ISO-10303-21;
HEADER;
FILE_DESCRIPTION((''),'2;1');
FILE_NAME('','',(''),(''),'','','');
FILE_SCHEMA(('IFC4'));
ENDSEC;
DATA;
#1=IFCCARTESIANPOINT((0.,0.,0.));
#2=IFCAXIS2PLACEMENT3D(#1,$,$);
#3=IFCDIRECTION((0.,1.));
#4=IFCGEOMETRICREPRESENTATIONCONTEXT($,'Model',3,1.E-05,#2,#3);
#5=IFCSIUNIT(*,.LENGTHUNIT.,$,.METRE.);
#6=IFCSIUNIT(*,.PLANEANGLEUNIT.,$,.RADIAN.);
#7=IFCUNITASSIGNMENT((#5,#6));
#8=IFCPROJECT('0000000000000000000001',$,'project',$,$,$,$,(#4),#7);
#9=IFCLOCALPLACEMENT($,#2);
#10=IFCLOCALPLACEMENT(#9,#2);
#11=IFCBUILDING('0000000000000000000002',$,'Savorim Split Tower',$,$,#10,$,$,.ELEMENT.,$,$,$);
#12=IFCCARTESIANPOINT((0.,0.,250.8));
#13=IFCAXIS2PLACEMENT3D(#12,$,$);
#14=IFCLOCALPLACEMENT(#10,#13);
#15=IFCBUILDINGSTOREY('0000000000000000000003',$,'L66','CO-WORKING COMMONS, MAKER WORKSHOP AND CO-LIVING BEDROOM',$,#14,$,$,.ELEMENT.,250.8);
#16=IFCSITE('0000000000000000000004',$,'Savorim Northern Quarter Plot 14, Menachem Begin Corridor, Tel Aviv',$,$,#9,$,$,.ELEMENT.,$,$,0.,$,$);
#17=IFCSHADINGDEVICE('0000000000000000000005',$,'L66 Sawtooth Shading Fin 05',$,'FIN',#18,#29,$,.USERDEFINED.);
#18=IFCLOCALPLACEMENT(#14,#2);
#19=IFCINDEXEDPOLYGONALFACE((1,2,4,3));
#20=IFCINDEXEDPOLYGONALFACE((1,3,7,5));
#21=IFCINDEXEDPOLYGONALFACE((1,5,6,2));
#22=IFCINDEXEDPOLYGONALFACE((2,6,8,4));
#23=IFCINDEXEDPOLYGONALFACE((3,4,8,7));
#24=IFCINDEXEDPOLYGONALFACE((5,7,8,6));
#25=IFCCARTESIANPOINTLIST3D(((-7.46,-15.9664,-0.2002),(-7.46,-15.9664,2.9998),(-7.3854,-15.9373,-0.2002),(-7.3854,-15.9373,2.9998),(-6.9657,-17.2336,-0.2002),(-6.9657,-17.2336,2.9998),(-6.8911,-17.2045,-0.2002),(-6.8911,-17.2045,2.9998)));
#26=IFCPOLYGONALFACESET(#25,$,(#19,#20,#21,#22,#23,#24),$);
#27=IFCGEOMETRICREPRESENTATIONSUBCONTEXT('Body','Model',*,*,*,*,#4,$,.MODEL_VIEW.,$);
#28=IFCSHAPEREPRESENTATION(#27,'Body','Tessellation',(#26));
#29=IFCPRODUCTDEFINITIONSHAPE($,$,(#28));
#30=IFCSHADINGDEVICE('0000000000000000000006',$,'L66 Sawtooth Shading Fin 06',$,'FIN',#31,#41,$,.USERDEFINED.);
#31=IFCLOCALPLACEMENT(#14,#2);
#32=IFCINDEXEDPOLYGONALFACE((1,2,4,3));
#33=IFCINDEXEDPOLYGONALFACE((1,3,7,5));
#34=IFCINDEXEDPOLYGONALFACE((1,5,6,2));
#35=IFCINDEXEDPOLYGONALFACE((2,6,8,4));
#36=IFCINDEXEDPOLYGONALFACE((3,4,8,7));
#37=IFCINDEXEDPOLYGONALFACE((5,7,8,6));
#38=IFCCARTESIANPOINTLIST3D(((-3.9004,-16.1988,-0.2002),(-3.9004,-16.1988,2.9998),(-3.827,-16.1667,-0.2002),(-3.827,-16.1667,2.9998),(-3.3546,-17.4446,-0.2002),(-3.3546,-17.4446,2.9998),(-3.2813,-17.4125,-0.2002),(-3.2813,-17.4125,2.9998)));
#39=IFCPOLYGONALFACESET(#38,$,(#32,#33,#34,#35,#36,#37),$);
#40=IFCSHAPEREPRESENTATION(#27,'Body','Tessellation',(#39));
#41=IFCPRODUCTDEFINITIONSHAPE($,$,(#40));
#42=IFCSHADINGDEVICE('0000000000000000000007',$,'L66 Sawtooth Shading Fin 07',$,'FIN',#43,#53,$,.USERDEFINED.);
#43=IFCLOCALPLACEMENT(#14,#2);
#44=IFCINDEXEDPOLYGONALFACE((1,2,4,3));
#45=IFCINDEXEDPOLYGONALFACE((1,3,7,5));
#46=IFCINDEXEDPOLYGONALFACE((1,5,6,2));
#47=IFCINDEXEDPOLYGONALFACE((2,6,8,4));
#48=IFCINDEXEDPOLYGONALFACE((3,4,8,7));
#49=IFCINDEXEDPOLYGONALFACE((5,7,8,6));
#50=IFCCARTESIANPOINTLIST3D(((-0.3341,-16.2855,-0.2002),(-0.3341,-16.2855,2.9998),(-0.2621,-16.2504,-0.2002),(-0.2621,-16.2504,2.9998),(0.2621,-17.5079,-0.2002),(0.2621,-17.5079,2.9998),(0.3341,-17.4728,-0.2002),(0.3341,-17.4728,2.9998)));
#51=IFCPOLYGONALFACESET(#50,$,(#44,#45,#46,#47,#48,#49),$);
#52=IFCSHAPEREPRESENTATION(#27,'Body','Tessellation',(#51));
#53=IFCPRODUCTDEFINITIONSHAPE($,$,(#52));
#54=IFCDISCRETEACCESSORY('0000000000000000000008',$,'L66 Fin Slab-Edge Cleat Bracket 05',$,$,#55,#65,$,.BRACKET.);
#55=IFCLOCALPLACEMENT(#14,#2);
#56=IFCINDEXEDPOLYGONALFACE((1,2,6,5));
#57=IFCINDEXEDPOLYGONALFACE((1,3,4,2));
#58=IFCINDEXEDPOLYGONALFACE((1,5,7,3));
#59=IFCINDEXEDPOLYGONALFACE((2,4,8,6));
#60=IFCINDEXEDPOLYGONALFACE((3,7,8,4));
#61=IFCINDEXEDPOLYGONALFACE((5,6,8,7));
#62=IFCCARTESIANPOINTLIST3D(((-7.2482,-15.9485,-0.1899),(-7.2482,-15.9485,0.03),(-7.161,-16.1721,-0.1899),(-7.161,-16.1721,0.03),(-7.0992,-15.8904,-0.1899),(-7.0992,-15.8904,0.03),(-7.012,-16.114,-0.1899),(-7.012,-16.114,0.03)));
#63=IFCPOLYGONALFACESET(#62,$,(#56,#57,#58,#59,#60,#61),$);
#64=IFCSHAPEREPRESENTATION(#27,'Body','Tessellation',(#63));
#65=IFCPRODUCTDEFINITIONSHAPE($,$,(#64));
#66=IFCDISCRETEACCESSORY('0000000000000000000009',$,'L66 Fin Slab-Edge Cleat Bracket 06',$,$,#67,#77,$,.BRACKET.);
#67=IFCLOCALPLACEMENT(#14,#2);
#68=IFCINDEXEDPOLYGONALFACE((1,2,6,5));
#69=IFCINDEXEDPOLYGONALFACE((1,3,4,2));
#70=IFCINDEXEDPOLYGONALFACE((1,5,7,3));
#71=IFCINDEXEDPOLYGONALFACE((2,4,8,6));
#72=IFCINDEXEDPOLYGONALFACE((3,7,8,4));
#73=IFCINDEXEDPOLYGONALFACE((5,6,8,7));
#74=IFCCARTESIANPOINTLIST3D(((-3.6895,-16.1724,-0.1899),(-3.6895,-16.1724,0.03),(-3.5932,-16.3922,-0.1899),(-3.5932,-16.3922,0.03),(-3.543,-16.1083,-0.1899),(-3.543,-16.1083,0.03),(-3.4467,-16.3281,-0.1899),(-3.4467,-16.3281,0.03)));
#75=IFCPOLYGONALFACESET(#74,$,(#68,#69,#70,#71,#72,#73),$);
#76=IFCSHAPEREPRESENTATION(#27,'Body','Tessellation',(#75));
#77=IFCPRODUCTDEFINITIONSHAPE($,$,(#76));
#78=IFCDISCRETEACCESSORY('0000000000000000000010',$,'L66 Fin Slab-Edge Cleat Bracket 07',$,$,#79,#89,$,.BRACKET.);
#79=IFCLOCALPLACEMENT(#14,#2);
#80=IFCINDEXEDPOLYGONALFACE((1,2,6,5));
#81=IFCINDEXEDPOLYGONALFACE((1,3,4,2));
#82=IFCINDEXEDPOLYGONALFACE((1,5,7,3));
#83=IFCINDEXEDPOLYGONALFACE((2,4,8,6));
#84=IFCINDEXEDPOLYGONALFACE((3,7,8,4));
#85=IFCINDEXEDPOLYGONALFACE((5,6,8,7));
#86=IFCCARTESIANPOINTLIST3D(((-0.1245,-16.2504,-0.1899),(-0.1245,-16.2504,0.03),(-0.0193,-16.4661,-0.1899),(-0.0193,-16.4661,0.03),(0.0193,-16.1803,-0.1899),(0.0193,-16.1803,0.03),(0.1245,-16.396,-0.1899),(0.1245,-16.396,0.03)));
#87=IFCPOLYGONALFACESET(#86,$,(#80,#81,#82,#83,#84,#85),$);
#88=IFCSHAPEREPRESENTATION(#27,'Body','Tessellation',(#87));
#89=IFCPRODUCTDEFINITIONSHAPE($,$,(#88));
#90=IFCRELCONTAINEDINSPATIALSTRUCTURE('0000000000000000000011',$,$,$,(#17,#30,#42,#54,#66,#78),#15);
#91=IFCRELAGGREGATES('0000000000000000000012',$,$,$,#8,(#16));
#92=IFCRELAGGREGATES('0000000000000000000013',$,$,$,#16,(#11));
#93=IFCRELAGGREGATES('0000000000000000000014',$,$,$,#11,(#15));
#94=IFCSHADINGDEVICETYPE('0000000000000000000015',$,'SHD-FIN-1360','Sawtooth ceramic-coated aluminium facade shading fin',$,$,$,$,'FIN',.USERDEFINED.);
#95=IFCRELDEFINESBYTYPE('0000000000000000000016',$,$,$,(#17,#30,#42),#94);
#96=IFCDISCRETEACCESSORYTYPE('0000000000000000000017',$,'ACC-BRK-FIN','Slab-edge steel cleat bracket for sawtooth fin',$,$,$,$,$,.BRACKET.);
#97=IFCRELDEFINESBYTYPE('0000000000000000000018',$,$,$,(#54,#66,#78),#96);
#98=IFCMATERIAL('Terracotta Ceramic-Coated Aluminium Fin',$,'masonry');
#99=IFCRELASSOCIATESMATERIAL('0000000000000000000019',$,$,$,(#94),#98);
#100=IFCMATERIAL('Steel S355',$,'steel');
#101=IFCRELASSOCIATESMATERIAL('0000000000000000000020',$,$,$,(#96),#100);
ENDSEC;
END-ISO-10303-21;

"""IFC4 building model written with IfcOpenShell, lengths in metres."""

from ifc_helpers import new_model, si_unit, direction, frame, origin, origin_2d, place, context, subcontext, project, spatial, rectangle, extrude, material, type_object, element, save


model = new_model("IFC4")

# Units and contexts
model_context = context("Model", 3, precision=1e-05, world=origin(), true_north=direction((0.0, 1.0)))
body_context = subcontext(model_context, "Body", "Model", "MODEL_VIEW")
ifc_project = project(units=[si_unit("LENGTHUNIT", "METRE"), si_unit("PLANEANGLEUNIT", "RADIAN")], contexts=[model_context])

# Site, building, storey
site_placement = place(None, origin())
site = spatial("IfcSite", under=ifc_project, at=site_placement, Name="Savorim Northern Quarter Plot 14, Menachem Begin Corridor, Tel Aviv", CompositionType="ELEMENT", RefElevation=0.0)
building_placement = place(site_placement, origin())
building = spatial("IfcBuilding", under=site, at=building_placement, Name="Savorim Split Tower", CompositionType="ELEMENT")
storey_placement = place(building_placement, frame((0.0, 0.0, 250.8)))
storey = spatial("IfcBuildingStorey", under=building, at=storey_placement, Name="L66", Description="CO-WORKING COMMONS, MAKER WORKSHOP AND CO-LIVING BEDROOM", CompositionType="ELEMENT", Elevation=250.8)

# Shared definitions
ifc_material_1 = material(Name="Steel S355", Category="steel")

# Shading devices
ifc_material_2 = material(Name="Terracotta Ceramic-Coated Aluminium Fin", Category="masonry")
shading_device_type = type_object("IfcShadingDeviceType", Name="SHD-FIN-1360", Description="Sawtooth ceramic-coated aluminium facade shading fin", ElementType="FIN", PredefinedType="USERDEFINED", material=ifc_material_2)
for number, where, z_axis, x_axis, name in (
    (1, (-7.1755, -16.5854, -0.2002), (0.0, 0.0, 1.0), (0.363415, -0.931627, 0.0), "L66 Sawtooth Shading Fin 05"),
    (2, (-3.5908, -16.8057, -0.2002), (0.0, 0.0, 1.0), (0.40123, -0.915977, 0.0), "L66 Sawtooth Shading Fin 06"),
    (3, (0.0, -16.8792, -0.2002), (0.0, 0.0, 1.0), (0.438371, -0.898794, 0.0), "L66 Sawtooth Shading Fin 07"),
):
    element("IfcShadingDevice", number, at=place(storey_placement, frame(where, z_axis=z_axis, x_axis=x_axis)), inside=storey, type_object=shading_device_type, Name=name, ObjectType="FIN", PredefinedType="USERDEFINED", context=body_context, shape_type="SweptSolid", body=[
        extrude(rectangle(XDim=1.3601, YDim=0.0801, at=origin_2d()), origin(), (0.0, 0.0, 1.0), 3.2),
    ])

# Discrete accessories
discrete_accessory_type = type_object("IfcDiscreteAccessoryType", Name="ACC-BRK-FIN", Description="Slab-edge steel cleat bracket for sawtooth fin", PredefinedType="BRACKET", material=ifc_material_1)
for number, where, z_axis, x_axis, name in (
    (4, (-7.1301, -16.0312, -0.1899), (0.0, 0.0, 1.0), (0.363415, -0.931627, 0.0), "L66 Fin Slab-Edge Cleat Bracket 05"),
    (5, (-3.5681, -16.2502, -0.1899), (0.0, 0.0, 1.0), (0.40123, -0.915977, 0.0), "L66 Fin Slab-Edge Cleat Bracket 06"),
    (6, (0.0, -16.3232, -0.1899), (0.0, 0.0, 1.0), (0.438371, -0.898794, 0.0), "L66 Fin Slab-Edge Cleat Bracket 07"),
):
    element("IfcDiscreteAccessory", number, at=place(storey_placement, frame(where, z_axis=z_axis, x_axis=x_axis)), inside=storey, type_object=discrete_accessory_type, Name=name, PredefinedType="BRACKET", context=body_context, shape_type="SweptSolid", body=[
        extrude(rectangle(XDim=0.24, YDim=0.1599, at=origin_2d()), origin(), (0.0, 0.0, 1.0), 0.22),
    ])

save(model, "model.ifc")
